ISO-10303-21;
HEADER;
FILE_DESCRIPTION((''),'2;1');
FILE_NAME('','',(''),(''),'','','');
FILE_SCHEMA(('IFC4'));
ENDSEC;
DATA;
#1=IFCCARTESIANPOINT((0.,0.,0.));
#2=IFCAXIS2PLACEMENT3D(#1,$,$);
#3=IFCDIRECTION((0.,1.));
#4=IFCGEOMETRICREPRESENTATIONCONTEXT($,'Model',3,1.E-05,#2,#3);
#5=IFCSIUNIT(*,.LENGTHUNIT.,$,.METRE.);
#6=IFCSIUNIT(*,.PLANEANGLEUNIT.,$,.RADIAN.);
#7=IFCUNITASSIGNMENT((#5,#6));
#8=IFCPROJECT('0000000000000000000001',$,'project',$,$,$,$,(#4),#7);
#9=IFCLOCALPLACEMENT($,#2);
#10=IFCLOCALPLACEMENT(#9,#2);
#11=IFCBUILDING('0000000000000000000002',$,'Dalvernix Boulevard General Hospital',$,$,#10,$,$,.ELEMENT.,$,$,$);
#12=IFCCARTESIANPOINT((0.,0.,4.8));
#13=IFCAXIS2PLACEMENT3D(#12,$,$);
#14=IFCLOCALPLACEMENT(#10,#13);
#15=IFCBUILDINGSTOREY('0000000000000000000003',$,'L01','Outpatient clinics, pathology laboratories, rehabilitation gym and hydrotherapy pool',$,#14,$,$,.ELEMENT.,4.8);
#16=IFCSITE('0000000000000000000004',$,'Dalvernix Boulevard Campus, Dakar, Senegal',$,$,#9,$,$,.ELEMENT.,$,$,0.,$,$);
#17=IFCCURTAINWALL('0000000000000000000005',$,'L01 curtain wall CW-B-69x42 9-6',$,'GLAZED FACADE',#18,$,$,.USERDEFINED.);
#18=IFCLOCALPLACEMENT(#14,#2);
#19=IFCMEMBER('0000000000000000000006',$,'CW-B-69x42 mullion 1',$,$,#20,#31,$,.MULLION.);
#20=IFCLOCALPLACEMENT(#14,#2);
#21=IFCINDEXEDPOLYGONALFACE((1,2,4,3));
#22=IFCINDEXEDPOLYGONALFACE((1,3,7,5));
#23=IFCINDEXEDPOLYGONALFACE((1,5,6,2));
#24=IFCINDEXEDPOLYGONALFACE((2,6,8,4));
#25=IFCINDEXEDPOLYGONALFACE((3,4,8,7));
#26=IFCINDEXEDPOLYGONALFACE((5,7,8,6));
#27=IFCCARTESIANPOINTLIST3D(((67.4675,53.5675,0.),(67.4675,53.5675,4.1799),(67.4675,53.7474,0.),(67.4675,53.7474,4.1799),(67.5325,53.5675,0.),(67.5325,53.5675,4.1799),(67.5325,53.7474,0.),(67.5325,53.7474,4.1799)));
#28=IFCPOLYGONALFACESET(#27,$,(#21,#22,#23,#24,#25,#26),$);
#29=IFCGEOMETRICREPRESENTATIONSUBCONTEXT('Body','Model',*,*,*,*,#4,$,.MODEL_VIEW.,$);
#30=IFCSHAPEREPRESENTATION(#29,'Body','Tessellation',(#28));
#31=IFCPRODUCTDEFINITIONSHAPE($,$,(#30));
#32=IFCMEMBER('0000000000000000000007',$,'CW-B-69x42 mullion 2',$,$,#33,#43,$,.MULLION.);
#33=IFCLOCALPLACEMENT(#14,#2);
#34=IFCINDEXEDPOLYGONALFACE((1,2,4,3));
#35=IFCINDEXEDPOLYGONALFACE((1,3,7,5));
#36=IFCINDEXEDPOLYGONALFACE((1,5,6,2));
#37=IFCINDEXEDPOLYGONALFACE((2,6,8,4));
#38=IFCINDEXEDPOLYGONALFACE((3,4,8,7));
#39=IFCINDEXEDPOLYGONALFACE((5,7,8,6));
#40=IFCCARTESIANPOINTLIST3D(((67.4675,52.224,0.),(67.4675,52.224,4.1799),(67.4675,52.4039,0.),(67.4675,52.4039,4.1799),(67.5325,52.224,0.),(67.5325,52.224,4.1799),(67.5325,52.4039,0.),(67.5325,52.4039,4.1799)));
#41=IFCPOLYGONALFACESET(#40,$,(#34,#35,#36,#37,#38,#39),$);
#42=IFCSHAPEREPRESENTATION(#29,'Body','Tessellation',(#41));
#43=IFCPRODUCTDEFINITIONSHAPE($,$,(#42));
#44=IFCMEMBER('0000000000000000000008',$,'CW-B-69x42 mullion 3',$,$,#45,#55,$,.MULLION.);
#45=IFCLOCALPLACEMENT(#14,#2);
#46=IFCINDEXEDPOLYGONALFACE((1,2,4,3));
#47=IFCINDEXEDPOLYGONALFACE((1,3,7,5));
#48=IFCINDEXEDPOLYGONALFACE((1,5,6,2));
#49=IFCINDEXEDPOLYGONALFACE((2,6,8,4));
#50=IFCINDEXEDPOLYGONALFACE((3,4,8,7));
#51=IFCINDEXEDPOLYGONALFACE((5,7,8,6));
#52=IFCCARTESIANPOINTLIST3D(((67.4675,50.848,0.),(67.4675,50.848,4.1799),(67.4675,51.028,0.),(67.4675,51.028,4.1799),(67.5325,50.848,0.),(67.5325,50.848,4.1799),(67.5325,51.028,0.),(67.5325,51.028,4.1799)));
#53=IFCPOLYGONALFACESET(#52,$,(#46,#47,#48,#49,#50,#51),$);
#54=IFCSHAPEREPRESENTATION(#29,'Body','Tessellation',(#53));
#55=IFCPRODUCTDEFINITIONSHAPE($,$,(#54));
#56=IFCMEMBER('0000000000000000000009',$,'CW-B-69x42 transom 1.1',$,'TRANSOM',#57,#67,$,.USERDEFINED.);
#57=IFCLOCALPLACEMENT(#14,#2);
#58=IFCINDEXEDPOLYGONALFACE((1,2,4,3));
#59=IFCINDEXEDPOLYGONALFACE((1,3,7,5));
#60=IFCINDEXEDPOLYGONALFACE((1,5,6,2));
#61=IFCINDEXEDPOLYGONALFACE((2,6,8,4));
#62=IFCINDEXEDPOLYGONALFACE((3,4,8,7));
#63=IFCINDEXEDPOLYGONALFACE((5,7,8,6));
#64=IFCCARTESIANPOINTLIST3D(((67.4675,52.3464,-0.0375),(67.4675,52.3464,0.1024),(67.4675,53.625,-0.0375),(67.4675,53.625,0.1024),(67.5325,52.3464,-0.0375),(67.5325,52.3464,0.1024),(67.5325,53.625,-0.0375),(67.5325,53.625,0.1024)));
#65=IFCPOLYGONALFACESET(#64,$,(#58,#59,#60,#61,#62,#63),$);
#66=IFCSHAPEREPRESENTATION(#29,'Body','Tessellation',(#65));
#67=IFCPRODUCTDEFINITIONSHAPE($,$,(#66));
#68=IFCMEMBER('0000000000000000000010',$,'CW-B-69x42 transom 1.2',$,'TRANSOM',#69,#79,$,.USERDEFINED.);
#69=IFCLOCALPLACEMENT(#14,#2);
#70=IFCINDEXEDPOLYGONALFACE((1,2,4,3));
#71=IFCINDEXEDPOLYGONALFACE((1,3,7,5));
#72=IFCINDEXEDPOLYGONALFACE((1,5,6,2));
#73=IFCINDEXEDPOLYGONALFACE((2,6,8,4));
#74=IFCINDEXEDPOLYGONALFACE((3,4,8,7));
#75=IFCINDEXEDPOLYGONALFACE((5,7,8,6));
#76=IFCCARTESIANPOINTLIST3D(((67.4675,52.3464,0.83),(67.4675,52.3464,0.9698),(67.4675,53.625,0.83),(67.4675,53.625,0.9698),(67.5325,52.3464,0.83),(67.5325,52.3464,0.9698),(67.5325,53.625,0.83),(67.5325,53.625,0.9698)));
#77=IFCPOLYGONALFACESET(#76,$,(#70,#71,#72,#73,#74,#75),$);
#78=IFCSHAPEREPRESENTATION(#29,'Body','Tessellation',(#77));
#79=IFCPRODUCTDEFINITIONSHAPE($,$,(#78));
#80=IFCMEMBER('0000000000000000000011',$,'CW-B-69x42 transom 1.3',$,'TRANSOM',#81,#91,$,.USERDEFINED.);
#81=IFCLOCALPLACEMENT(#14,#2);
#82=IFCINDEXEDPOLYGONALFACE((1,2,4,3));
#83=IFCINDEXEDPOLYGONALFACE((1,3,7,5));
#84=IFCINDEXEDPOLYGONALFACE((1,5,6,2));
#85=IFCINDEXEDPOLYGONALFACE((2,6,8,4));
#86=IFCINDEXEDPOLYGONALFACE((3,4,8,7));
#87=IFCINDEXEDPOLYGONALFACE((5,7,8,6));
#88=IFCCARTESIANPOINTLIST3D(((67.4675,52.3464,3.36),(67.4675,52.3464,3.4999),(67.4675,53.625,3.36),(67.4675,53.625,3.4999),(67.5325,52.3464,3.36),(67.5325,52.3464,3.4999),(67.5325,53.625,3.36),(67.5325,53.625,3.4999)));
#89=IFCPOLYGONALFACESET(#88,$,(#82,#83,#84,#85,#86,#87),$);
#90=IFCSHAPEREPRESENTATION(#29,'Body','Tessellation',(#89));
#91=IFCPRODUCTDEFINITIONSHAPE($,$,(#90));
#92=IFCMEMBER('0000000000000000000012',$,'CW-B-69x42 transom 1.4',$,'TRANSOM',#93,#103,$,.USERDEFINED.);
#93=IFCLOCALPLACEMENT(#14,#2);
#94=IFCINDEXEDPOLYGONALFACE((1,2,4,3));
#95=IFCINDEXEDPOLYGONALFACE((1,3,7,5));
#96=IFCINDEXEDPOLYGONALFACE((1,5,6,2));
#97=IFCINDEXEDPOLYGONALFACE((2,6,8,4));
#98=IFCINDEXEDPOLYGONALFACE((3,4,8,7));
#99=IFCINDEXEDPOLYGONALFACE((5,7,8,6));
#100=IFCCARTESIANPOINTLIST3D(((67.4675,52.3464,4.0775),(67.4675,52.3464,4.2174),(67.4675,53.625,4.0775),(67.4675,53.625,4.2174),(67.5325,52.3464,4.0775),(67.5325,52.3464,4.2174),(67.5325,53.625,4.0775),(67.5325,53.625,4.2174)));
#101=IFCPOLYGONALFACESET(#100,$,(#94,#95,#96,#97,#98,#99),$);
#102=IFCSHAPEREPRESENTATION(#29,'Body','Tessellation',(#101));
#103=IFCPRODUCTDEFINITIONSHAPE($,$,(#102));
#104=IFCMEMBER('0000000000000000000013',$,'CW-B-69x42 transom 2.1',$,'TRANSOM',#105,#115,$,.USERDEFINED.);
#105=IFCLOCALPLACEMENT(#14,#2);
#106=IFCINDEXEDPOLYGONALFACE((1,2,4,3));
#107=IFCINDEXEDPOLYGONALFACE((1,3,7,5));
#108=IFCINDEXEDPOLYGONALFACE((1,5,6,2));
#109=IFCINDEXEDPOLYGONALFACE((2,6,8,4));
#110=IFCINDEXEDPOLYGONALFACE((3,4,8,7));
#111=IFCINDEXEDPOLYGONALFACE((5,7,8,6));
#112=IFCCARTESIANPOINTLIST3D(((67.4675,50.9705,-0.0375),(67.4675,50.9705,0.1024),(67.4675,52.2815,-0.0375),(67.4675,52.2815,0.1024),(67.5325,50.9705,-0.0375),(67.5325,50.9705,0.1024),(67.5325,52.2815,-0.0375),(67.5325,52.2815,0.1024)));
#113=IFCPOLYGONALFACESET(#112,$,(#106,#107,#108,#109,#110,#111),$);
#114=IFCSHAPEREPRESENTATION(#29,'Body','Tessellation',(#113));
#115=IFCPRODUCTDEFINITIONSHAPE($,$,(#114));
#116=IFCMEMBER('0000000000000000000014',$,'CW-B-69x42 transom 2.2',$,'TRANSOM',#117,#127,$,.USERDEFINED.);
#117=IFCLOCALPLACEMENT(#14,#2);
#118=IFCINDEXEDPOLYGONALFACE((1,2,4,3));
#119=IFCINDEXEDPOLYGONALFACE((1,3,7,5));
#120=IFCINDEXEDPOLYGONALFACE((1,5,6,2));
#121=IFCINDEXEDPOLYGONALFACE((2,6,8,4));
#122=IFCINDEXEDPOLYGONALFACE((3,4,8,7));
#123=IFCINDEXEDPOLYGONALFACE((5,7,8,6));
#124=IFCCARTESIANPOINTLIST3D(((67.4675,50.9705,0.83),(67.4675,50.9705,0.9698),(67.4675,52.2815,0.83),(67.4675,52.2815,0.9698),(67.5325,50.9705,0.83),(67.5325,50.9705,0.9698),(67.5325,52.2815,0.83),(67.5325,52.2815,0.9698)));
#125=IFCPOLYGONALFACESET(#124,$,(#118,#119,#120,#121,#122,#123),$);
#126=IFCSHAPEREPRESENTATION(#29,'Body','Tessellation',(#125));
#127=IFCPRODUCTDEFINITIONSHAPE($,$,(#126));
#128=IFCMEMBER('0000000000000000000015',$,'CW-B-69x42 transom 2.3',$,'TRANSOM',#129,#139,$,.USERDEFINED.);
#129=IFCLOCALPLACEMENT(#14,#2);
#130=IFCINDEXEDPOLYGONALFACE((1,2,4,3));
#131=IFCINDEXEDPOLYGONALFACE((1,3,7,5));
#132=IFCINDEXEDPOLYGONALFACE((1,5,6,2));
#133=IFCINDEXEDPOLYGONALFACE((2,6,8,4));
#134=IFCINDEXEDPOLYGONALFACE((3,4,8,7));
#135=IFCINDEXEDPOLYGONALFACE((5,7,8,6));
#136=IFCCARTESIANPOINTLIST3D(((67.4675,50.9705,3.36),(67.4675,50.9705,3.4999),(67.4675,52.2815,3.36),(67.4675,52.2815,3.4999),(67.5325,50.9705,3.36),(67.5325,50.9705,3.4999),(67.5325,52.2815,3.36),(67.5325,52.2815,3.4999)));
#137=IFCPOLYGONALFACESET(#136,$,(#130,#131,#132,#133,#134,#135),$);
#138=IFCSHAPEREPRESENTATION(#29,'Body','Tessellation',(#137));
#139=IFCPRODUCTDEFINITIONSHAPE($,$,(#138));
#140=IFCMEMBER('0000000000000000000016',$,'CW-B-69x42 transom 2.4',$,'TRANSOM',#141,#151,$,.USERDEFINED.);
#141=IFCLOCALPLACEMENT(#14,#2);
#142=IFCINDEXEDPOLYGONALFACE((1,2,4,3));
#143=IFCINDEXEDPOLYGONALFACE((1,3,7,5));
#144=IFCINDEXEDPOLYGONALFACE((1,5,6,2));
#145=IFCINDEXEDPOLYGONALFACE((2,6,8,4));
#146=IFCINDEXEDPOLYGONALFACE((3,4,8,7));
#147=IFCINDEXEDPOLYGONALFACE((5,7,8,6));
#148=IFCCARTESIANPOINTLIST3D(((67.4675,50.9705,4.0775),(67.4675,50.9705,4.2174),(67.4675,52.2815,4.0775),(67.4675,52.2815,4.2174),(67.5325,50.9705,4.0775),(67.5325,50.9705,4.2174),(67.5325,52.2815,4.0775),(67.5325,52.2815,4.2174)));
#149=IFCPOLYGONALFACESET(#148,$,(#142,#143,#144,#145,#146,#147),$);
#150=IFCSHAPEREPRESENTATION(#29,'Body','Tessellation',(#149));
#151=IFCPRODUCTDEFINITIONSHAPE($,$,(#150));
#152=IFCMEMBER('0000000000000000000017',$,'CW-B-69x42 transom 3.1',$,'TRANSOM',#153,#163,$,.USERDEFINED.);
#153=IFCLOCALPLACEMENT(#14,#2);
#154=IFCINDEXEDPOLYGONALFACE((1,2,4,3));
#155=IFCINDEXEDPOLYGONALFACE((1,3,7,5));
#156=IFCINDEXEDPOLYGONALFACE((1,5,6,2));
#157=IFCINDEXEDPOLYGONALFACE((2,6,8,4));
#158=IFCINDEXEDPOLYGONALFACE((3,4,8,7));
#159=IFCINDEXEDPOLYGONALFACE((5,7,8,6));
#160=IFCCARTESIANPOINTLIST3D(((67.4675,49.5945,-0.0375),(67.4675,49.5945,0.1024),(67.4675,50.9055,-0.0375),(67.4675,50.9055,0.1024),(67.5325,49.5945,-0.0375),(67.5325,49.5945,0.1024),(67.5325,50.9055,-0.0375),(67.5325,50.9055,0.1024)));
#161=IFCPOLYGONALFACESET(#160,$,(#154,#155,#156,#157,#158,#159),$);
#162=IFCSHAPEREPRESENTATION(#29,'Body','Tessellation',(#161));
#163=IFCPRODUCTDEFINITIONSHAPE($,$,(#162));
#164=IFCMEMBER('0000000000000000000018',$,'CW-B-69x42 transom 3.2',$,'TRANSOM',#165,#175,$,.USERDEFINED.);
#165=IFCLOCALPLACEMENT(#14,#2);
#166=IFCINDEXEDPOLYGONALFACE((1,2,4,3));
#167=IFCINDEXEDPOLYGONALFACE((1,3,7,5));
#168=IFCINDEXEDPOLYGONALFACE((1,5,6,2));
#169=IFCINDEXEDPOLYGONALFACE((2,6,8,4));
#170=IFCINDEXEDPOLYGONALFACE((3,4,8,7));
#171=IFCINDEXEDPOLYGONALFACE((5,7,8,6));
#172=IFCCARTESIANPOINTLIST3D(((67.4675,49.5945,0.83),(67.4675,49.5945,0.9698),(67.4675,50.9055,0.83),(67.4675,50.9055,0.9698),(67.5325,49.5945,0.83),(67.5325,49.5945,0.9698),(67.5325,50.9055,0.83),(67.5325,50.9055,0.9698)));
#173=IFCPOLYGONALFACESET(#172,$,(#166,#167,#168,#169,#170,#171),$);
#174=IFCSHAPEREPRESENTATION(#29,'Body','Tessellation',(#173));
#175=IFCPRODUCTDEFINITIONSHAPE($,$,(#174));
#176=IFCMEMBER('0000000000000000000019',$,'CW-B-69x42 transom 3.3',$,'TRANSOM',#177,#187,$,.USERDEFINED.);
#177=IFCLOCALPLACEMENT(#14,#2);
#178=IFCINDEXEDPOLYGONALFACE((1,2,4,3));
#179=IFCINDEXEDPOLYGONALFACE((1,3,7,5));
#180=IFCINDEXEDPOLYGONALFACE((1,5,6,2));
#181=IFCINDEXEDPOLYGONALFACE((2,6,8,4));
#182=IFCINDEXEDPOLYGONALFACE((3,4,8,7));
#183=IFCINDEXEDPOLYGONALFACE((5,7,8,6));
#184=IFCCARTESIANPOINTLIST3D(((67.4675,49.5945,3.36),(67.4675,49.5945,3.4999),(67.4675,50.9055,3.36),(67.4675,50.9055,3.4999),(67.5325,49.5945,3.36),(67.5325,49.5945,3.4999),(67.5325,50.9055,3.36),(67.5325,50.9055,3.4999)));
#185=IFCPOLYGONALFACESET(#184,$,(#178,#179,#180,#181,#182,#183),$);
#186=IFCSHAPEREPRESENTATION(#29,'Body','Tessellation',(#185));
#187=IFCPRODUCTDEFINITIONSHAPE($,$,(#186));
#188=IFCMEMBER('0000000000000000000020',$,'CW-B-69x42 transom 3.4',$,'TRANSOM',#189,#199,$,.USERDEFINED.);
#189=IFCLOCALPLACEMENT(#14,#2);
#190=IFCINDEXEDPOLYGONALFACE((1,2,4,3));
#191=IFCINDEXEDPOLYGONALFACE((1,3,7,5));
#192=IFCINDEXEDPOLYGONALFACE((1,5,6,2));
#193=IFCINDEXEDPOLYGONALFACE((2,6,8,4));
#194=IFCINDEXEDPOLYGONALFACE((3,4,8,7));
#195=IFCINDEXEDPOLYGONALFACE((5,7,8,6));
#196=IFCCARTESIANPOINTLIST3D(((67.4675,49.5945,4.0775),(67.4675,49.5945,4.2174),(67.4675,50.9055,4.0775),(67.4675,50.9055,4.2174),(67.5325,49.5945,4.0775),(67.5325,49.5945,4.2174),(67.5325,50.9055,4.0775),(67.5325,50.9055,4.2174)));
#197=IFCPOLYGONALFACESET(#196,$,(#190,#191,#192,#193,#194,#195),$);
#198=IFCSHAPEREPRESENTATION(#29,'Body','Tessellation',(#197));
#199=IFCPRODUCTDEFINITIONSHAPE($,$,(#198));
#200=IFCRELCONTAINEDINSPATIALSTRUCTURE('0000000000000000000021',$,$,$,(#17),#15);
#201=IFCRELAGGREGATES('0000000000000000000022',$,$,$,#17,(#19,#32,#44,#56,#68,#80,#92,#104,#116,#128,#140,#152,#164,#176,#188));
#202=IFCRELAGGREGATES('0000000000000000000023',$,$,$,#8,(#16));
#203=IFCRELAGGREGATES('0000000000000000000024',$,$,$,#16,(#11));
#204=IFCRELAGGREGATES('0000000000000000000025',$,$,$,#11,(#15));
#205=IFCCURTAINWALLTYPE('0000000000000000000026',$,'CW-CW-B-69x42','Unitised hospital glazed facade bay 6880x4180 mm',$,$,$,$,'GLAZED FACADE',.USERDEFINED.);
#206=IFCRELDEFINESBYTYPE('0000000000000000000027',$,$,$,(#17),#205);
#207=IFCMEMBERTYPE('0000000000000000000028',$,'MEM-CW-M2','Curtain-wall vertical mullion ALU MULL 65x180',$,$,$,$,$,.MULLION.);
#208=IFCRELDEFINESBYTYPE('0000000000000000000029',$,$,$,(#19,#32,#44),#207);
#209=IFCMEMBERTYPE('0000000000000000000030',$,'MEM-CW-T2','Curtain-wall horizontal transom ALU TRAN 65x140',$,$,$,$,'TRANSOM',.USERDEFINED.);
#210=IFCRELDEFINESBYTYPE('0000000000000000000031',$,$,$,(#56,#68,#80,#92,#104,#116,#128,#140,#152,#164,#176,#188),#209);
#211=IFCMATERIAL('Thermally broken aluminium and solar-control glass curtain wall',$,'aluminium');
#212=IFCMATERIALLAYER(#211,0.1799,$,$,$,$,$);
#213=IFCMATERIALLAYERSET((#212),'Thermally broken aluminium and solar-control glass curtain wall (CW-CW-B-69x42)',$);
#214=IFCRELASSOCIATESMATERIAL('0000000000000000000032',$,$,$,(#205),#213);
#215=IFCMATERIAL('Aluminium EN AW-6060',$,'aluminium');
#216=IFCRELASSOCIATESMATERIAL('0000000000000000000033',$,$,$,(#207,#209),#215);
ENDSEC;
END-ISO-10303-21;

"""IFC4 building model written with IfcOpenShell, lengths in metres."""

from ifc_helpers import new_model, si_unit, direction, frame, origin, origin_2d, place, context, subcontext, project, spatial, rectangle, extrude, material, layer, layer_set, material_profile, profile_set, type_object, element, aggregate, save


model = new_model("IFC4")

# Units and contexts
model_context = context("Model", 3, precision=1e-05, world=origin(), true_north=direction((0.0, 1.0)))
body_context = subcontext(model_context, "Body", "Model", "MODEL_VIEW")
ifc_project = project(units=[si_unit("LENGTHUNIT", "METRE"), si_unit("PLANEANGLEUNIT", "RADIAN")], contexts=[model_context])

# Site, building, storey
site_placement = place(None, origin())
site = spatial("IfcSite", under=ifc_project, at=site_placement, Name="Dalvernix Boulevard Campus, Dakar, Senegal", CompositionType="ELEMENT", RefElevation=0.0)
building_placement = place(site_placement, origin())
building = spatial("IfcBuilding", under=site, at=building_placement, Name="Dalvernix Boulevard General Hospital", CompositionType="ELEMENT")
storey_placement = place(building_placement, frame((0.0, 0.0, 4.8)))
storey = spatial("IfcBuildingStorey", under=building, at=storey_placement, Name="L01", Description="Outpatient clinics, pathology laboratories, rehabilitation gym and hydrotherapy pool", CompositionType="ELEMENT", Elevation=4.8)

# Curtain wall, members
ifc_material_1 = material(Name="Thermally broken aluminium and solar-control glass curtain wall", Category="aluminium")
ifc_layer_1 = layer(ifc_material_1, 0.1799)
ifc_layer_set_1 = layer_set([ifc_layer_1], Name="Thermally broken aluminium and solar-control glass curtain wall (CW-CW-B-69x42)")
curtain_wall_type = type_object("IfcCurtainWallType", Name="CW-CW-B-69x42", Description="Unitised hospital glazed facade bay 6880x4180 mm", ElementType="GLAZED FACADE", PredefinedType="USERDEFINED", material=ifc_layer_set_1)
curtain_wall_placement = place(storey_placement, origin())
curtain_wall = element("IfcCurtainWall", 1, at=curtain_wall_placement, inside=storey, type_object=curtain_wall_type, Name="L01 curtain wall CW-B-69x42 9-6", ObjectType="GLAZED FACADE", PredefinedType="USERDEFINED")
ifc_material_2 = material(Name="Aluminium EN AW-6060", Category="aluminium")
ifc_material_profile_1 = material_profile(ifc_material_2, rectangle(XDim=0.0649, YDim=0.1799, at=origin_2d()), Name="ALU MULL 65x180")
ifc_profile_set_1 = profile_set([ifc_material_profile_1], Name="Aluminium EN AW-6060")
member_type_1 = type_object("IfcMemberType", Name="MEM-CW-M2", Description="Curtain-wall vertical mullion ALU MULL 65x180", PredefinedType="MULLION", material=ifc_profile_set_1)
member_1_placement = place(storey_placement, frame((67.5, 53.6575, 0.0), z_axis=(0.0, 0.0, 1.0), x_axis=(1.0, 0.0, 0.0)))
member_1 = element("IfcMember", 2, at=member_1_placement, type_object=member_type_1, Name="CW-B-69x42 mullion 1", PredefinedType="MULLION", context=body_context, shape_type="SweptSolid", body=[
    extrude(rectangle(XDim=0.0649, YDim=0.1799, at=origin_2d()), origin(), (0.0, 0.0, 1.0), 4.1799),
])
member_2_placement = place(storey_placement, frame((67.5, 52.314, 0.0), z_axis=(0.0, 0.0, 1.0), x_axis=(1.0, 0.0, 0.0)))
member_2 = element("IfcMember", 3, at=member_2_placement, type_object=member_type_1, Name="CW-B-69x42 mullion 2", PredefinedType="MULLION", context=body_context, shape_type="SweptSolid", body=[
    extrude(rectangle(XDim=0.0649, YDim=0.1799, at=origin_2d()), origin(), (0.0, 0.0, 1.0), 4.1799),
])
member_3_placement = place(storey_placement, frame((67.5, 50.938, 0.0), z_axis=(0.0, 0.0, 1.0), x_axis=(1.0, 0.0, 0.0)))
member_3 = element("IfcMember", 4, at=member_3_placement, type_object=member_type_1, Name="CW-B-69x42 mullion 3", PredefinedType="MULLION", context=body_context, shape_type="SweptSolid", body=[
    extrude(rectangle(XDim=0.0649, YDim=0.1799, at=origin_2d()), origin(), (0.0, 0.0, 1.0), 4.1799),
])
ifc_material_profile_2 = material_profile(ifc_material_2, rectangle(XDim=0.0649, YDim=0.1399, at=origin_2d()), Name="ALU TRAN 65x140")
ifc_profile_set_2 = profile_set([ifc_material_profile_2], Name="Aluminium EN AW-6060")
member_type_2 = type_object("IfcMemberType", Name="MEM-CW-T2", Description="Curtain-wall horizontal transom ALU TRAN 65x140", ElementType="TRANSOM", PredefinedType="USERDEFINED", material=ifc_profile_set_2)
member_4_placement = place(storey_placement, frame((67.5, 53.625, 0.0325), z_axis=(0.0, -1.0, 0.0), x_axis=(1.0, 0.0, 0.0)))
member_4 = element("IfcMember", 5, at=member_4_placement, type_object=member_type_2, Name="CW-B-69x42 transom 1.1", ObjectType="TRANSOM", PredefinedType="USERDEFINED", context=body_context, shape_type="SweptSolid", body=[
    extrude(rectangle(XDim=0.0649, YDim=0.1399, at=origin_2d()), origin(), (0.0, 0.0, 1.0), 1.2786),
])
member_5_placement = place(storey_placement, frame((67.5, 53.625, 0.8999), z_axis=(0.0, -1.0, 0.0), x_axis=(1.0, 0.0, 0.0)))
member_5 = element("IfcMember", 6, at=member_5_placement, type_object=member_type_2, Name="CW-B-69x42 transom 1.2", ObjectType="TRANSOM", PredefinedType="USERDEFINED", context=body_context, shape_type="SweptSolid", body=[
    extrude(rectangle(XDim=0.0649, YDim=0.1399, at=origin_2d()), origin(), (0.0, 0.0, 1.0), 1.2786),
])
member_6_placement = place(storey_placement, frame((67.5, 53.625, 3.4299), z_axis=(0.0, -1.0, 0.0), x_axis=(1.0, 0.0, 0.0)))
member_6 = element("IfcMember", 7, at=member_6_placement, type_object=member_type_2, Name="CW-B-69x42 transom 1.3", ObjectType="TRANSOM", PredefinedType="USERDEFINED", context=body_context, shape_type="SweptSolid", body=[
    extrude(rectangle(XDim=0.0649, YDim=0.1399, at=origin_2d()), origin(), (0.0, 0.0, 1.0), 1.2786),
])
member_7_placement = place(storey_placement, frame((67.5, 53.625, 4.1475), z_axis=(0.0, -1.0, 0.0), x_axis=(1.0, 0.0, 0.0)))
member_7 = element("IfcMember", 8, at=member_7_placement, type_object=member_type_2, Name="CW-B-69x42 transom 1.4", ObjectType="TRANSOM", PredefinedType="USERDEFINED", context=body_context, shape_type="SweptSolid", body=[
    extrude(rectangle(XDim=0.0649, YDim=0.1399, at=origin_2d()), origin(), (0.0, 0.0, 1.0), 1.2786),
])
member_8_placement = place(storey_placement, frame((67.5, 52.2815, 0.0325), z_axis=(0.0, -1.0, 0.0), x_axis=(1.0, 0.0, 0.0)))
member_8 = element("IfcMember", 9, at=member_8_placement, type_object=member_type_2, Name="CW-B-69x42 transom 2.1", ObjectType="TRANSOM", PredefinedType="USERDEFINED", context=body_context, shape_type="SweptSolid", body=[
    extrude(rectangle(XDim=0.0649, YDim=0.1399, at=origin_2d()), origin(), (0.0, 0.0, 1.0), 1.311),
])
member_9_placement = place(storey_placement, frame((67.5, 52.2815, 0.8999), z_axis=(0.0, -1.0, 0.0), x_axis=(1.0, 0.0, 0.0)))
member_9 = element("IfcMember", 10, at=member_9_placement, type_object=member_type_2, Name="CW-B-69x42 transom 2.2", ObjectType="TRANSOM", PredefinedType="USERDEFINED", context=body_context, shape_type="SweptSolid", body=[
    extrude(rectangle(XDim=0.0649, YDim=0.1399, at=origin_2d()), origin(), (0.0, 0.0, 1.0), 1.311),
])
member_10_placement = place(storey_placement, frame((67.5, 52.2815, 3.4299), z_axis=(0.0, -1.0, 0.0), x_axis=(1.0, 0.0, 0.0)))
member_10 = element("IfcMember", 11, at=member_10_placement, type_object=member_type_2, Name="CW-B-69x42 transom 2.3", ObjectType="TRANSOM", PredefinedType="USERDEFINED", context=body_context, shape_type="SweptSolid", body=[
    extrude(rectangle(XDim=0.0649, YDim=0.1399, at=origin_2d()), origin(), (0.0, 0.0, 1.0), 1.311),
])
member_11_placement = place(storey_placement, frame((67.5, 52.2815, 4.1475), z_axis=(0.0, -1.0, 0.0), x_axis=(1.0, 0.0, 0.0)))
member_11 = element("IfcMember", 12, at=member_11_placement, type_object=member_type_2, Name="CW-B-69x42 transom 2.4", ObjectType="TRANSOM", PredefinedType="USERDEFINED", context=body_context, shape_type="SweptSolid", body=[
    extrude(rectangle(XDim=0.0649, YDim=0.1399, at=origin_2d()), origin(), (0.0, 0.0, 1.0), 1.311),
])
member_12_placement = place(storey_placement, frame((67.5, 50.9055, 0.0325), z_axis=(0.0, -1.0, 0.0), x_axis=(1.0, 0.0, 0.0)))
member_12 = element("IfcMember", 13, at=member_12_placement, type_object=member_type_2, Name="CW-B-69x42 transom 3.1", ObjectType="TRANSOM", PredefinedType="USERDEFINED", context=body_context, shape_type="SweptSolid", body=[
    extrude(rectangle(XDim=0.0649, YDim=0.1399, at=origin_2d()), origin(), (0.0, 0.0, 1.0), 1.311),
])
member_13_placement = place(storey_placement, frame((67.5, 50.9055, 0.8999), z_axis=(0.0, -1.0, 0.0), x_axis=(1.0, 0.0, 0.0)))
member_13 = element("IfcMember", 14, at=member_13_placement, type_object=member_type_2, Name="CW-B-69x42 transom 3.2", ObjectType="TRANSOM", PredefinedType="USERDEFINED", context=body_context, shape_type="SweptSolid", body=[
    extrude(rectangle(XDim=0.0649, YDim=0.1399, at=origin_2d()), origin(), (0.0, 0.0, 1.0), 1.311),
])
member_14_placement = place(storey_placement, frame((67.5, 50.9055, 3.4299), z_axis=(0.0, -1.0, 0.0), x_axis=(1.0, 0.0, 0.0)))
member_14 = element("IfcMember", 15, at=member_14_placement, type_object=member_type_2, Name="CW-B-69x42 transom 3.3", ObjectType="TRANSOM", PredefinedType="USERDEFINED", context=body_context, shape_type="SweptSolid", body=[
    extrude(rectangle(XDim=0.0649, YDim=0.1399, at=origin_2d()), origin(), (0.0, 0.0, 1.0), 1.311),
])
member_15_placement = place(storey_placement, frame((67.5, 50.9055, 4.1475), z_axis=(0.0, -1.0, 0.0), x_axis=(1.0, 0.0, 0.0)))
member_15 = element("IfcMember", 16, at=member_15_placement, type_object=member_type_2, Name="CW-B-69x42 transom 3.4", ObjectType="TRANSOM", PredefinedType="USERDEFINED", context=body_context, shape_type="SweptSolid", body=[
    extrude(rectangle(XDim=0.0649, YDim=0.1399, at=origin_2d()), origin(), (0.0, 0.0, 1.0), 1.311),
])
aggregate(curtain_wall, [member_1, member_2, member_3, member_4, member_5, member_6, member_7, member_8, member_9, member_10, member_11, member_12, member_13, member_14, member_15])

save(model, "model.ifc")
